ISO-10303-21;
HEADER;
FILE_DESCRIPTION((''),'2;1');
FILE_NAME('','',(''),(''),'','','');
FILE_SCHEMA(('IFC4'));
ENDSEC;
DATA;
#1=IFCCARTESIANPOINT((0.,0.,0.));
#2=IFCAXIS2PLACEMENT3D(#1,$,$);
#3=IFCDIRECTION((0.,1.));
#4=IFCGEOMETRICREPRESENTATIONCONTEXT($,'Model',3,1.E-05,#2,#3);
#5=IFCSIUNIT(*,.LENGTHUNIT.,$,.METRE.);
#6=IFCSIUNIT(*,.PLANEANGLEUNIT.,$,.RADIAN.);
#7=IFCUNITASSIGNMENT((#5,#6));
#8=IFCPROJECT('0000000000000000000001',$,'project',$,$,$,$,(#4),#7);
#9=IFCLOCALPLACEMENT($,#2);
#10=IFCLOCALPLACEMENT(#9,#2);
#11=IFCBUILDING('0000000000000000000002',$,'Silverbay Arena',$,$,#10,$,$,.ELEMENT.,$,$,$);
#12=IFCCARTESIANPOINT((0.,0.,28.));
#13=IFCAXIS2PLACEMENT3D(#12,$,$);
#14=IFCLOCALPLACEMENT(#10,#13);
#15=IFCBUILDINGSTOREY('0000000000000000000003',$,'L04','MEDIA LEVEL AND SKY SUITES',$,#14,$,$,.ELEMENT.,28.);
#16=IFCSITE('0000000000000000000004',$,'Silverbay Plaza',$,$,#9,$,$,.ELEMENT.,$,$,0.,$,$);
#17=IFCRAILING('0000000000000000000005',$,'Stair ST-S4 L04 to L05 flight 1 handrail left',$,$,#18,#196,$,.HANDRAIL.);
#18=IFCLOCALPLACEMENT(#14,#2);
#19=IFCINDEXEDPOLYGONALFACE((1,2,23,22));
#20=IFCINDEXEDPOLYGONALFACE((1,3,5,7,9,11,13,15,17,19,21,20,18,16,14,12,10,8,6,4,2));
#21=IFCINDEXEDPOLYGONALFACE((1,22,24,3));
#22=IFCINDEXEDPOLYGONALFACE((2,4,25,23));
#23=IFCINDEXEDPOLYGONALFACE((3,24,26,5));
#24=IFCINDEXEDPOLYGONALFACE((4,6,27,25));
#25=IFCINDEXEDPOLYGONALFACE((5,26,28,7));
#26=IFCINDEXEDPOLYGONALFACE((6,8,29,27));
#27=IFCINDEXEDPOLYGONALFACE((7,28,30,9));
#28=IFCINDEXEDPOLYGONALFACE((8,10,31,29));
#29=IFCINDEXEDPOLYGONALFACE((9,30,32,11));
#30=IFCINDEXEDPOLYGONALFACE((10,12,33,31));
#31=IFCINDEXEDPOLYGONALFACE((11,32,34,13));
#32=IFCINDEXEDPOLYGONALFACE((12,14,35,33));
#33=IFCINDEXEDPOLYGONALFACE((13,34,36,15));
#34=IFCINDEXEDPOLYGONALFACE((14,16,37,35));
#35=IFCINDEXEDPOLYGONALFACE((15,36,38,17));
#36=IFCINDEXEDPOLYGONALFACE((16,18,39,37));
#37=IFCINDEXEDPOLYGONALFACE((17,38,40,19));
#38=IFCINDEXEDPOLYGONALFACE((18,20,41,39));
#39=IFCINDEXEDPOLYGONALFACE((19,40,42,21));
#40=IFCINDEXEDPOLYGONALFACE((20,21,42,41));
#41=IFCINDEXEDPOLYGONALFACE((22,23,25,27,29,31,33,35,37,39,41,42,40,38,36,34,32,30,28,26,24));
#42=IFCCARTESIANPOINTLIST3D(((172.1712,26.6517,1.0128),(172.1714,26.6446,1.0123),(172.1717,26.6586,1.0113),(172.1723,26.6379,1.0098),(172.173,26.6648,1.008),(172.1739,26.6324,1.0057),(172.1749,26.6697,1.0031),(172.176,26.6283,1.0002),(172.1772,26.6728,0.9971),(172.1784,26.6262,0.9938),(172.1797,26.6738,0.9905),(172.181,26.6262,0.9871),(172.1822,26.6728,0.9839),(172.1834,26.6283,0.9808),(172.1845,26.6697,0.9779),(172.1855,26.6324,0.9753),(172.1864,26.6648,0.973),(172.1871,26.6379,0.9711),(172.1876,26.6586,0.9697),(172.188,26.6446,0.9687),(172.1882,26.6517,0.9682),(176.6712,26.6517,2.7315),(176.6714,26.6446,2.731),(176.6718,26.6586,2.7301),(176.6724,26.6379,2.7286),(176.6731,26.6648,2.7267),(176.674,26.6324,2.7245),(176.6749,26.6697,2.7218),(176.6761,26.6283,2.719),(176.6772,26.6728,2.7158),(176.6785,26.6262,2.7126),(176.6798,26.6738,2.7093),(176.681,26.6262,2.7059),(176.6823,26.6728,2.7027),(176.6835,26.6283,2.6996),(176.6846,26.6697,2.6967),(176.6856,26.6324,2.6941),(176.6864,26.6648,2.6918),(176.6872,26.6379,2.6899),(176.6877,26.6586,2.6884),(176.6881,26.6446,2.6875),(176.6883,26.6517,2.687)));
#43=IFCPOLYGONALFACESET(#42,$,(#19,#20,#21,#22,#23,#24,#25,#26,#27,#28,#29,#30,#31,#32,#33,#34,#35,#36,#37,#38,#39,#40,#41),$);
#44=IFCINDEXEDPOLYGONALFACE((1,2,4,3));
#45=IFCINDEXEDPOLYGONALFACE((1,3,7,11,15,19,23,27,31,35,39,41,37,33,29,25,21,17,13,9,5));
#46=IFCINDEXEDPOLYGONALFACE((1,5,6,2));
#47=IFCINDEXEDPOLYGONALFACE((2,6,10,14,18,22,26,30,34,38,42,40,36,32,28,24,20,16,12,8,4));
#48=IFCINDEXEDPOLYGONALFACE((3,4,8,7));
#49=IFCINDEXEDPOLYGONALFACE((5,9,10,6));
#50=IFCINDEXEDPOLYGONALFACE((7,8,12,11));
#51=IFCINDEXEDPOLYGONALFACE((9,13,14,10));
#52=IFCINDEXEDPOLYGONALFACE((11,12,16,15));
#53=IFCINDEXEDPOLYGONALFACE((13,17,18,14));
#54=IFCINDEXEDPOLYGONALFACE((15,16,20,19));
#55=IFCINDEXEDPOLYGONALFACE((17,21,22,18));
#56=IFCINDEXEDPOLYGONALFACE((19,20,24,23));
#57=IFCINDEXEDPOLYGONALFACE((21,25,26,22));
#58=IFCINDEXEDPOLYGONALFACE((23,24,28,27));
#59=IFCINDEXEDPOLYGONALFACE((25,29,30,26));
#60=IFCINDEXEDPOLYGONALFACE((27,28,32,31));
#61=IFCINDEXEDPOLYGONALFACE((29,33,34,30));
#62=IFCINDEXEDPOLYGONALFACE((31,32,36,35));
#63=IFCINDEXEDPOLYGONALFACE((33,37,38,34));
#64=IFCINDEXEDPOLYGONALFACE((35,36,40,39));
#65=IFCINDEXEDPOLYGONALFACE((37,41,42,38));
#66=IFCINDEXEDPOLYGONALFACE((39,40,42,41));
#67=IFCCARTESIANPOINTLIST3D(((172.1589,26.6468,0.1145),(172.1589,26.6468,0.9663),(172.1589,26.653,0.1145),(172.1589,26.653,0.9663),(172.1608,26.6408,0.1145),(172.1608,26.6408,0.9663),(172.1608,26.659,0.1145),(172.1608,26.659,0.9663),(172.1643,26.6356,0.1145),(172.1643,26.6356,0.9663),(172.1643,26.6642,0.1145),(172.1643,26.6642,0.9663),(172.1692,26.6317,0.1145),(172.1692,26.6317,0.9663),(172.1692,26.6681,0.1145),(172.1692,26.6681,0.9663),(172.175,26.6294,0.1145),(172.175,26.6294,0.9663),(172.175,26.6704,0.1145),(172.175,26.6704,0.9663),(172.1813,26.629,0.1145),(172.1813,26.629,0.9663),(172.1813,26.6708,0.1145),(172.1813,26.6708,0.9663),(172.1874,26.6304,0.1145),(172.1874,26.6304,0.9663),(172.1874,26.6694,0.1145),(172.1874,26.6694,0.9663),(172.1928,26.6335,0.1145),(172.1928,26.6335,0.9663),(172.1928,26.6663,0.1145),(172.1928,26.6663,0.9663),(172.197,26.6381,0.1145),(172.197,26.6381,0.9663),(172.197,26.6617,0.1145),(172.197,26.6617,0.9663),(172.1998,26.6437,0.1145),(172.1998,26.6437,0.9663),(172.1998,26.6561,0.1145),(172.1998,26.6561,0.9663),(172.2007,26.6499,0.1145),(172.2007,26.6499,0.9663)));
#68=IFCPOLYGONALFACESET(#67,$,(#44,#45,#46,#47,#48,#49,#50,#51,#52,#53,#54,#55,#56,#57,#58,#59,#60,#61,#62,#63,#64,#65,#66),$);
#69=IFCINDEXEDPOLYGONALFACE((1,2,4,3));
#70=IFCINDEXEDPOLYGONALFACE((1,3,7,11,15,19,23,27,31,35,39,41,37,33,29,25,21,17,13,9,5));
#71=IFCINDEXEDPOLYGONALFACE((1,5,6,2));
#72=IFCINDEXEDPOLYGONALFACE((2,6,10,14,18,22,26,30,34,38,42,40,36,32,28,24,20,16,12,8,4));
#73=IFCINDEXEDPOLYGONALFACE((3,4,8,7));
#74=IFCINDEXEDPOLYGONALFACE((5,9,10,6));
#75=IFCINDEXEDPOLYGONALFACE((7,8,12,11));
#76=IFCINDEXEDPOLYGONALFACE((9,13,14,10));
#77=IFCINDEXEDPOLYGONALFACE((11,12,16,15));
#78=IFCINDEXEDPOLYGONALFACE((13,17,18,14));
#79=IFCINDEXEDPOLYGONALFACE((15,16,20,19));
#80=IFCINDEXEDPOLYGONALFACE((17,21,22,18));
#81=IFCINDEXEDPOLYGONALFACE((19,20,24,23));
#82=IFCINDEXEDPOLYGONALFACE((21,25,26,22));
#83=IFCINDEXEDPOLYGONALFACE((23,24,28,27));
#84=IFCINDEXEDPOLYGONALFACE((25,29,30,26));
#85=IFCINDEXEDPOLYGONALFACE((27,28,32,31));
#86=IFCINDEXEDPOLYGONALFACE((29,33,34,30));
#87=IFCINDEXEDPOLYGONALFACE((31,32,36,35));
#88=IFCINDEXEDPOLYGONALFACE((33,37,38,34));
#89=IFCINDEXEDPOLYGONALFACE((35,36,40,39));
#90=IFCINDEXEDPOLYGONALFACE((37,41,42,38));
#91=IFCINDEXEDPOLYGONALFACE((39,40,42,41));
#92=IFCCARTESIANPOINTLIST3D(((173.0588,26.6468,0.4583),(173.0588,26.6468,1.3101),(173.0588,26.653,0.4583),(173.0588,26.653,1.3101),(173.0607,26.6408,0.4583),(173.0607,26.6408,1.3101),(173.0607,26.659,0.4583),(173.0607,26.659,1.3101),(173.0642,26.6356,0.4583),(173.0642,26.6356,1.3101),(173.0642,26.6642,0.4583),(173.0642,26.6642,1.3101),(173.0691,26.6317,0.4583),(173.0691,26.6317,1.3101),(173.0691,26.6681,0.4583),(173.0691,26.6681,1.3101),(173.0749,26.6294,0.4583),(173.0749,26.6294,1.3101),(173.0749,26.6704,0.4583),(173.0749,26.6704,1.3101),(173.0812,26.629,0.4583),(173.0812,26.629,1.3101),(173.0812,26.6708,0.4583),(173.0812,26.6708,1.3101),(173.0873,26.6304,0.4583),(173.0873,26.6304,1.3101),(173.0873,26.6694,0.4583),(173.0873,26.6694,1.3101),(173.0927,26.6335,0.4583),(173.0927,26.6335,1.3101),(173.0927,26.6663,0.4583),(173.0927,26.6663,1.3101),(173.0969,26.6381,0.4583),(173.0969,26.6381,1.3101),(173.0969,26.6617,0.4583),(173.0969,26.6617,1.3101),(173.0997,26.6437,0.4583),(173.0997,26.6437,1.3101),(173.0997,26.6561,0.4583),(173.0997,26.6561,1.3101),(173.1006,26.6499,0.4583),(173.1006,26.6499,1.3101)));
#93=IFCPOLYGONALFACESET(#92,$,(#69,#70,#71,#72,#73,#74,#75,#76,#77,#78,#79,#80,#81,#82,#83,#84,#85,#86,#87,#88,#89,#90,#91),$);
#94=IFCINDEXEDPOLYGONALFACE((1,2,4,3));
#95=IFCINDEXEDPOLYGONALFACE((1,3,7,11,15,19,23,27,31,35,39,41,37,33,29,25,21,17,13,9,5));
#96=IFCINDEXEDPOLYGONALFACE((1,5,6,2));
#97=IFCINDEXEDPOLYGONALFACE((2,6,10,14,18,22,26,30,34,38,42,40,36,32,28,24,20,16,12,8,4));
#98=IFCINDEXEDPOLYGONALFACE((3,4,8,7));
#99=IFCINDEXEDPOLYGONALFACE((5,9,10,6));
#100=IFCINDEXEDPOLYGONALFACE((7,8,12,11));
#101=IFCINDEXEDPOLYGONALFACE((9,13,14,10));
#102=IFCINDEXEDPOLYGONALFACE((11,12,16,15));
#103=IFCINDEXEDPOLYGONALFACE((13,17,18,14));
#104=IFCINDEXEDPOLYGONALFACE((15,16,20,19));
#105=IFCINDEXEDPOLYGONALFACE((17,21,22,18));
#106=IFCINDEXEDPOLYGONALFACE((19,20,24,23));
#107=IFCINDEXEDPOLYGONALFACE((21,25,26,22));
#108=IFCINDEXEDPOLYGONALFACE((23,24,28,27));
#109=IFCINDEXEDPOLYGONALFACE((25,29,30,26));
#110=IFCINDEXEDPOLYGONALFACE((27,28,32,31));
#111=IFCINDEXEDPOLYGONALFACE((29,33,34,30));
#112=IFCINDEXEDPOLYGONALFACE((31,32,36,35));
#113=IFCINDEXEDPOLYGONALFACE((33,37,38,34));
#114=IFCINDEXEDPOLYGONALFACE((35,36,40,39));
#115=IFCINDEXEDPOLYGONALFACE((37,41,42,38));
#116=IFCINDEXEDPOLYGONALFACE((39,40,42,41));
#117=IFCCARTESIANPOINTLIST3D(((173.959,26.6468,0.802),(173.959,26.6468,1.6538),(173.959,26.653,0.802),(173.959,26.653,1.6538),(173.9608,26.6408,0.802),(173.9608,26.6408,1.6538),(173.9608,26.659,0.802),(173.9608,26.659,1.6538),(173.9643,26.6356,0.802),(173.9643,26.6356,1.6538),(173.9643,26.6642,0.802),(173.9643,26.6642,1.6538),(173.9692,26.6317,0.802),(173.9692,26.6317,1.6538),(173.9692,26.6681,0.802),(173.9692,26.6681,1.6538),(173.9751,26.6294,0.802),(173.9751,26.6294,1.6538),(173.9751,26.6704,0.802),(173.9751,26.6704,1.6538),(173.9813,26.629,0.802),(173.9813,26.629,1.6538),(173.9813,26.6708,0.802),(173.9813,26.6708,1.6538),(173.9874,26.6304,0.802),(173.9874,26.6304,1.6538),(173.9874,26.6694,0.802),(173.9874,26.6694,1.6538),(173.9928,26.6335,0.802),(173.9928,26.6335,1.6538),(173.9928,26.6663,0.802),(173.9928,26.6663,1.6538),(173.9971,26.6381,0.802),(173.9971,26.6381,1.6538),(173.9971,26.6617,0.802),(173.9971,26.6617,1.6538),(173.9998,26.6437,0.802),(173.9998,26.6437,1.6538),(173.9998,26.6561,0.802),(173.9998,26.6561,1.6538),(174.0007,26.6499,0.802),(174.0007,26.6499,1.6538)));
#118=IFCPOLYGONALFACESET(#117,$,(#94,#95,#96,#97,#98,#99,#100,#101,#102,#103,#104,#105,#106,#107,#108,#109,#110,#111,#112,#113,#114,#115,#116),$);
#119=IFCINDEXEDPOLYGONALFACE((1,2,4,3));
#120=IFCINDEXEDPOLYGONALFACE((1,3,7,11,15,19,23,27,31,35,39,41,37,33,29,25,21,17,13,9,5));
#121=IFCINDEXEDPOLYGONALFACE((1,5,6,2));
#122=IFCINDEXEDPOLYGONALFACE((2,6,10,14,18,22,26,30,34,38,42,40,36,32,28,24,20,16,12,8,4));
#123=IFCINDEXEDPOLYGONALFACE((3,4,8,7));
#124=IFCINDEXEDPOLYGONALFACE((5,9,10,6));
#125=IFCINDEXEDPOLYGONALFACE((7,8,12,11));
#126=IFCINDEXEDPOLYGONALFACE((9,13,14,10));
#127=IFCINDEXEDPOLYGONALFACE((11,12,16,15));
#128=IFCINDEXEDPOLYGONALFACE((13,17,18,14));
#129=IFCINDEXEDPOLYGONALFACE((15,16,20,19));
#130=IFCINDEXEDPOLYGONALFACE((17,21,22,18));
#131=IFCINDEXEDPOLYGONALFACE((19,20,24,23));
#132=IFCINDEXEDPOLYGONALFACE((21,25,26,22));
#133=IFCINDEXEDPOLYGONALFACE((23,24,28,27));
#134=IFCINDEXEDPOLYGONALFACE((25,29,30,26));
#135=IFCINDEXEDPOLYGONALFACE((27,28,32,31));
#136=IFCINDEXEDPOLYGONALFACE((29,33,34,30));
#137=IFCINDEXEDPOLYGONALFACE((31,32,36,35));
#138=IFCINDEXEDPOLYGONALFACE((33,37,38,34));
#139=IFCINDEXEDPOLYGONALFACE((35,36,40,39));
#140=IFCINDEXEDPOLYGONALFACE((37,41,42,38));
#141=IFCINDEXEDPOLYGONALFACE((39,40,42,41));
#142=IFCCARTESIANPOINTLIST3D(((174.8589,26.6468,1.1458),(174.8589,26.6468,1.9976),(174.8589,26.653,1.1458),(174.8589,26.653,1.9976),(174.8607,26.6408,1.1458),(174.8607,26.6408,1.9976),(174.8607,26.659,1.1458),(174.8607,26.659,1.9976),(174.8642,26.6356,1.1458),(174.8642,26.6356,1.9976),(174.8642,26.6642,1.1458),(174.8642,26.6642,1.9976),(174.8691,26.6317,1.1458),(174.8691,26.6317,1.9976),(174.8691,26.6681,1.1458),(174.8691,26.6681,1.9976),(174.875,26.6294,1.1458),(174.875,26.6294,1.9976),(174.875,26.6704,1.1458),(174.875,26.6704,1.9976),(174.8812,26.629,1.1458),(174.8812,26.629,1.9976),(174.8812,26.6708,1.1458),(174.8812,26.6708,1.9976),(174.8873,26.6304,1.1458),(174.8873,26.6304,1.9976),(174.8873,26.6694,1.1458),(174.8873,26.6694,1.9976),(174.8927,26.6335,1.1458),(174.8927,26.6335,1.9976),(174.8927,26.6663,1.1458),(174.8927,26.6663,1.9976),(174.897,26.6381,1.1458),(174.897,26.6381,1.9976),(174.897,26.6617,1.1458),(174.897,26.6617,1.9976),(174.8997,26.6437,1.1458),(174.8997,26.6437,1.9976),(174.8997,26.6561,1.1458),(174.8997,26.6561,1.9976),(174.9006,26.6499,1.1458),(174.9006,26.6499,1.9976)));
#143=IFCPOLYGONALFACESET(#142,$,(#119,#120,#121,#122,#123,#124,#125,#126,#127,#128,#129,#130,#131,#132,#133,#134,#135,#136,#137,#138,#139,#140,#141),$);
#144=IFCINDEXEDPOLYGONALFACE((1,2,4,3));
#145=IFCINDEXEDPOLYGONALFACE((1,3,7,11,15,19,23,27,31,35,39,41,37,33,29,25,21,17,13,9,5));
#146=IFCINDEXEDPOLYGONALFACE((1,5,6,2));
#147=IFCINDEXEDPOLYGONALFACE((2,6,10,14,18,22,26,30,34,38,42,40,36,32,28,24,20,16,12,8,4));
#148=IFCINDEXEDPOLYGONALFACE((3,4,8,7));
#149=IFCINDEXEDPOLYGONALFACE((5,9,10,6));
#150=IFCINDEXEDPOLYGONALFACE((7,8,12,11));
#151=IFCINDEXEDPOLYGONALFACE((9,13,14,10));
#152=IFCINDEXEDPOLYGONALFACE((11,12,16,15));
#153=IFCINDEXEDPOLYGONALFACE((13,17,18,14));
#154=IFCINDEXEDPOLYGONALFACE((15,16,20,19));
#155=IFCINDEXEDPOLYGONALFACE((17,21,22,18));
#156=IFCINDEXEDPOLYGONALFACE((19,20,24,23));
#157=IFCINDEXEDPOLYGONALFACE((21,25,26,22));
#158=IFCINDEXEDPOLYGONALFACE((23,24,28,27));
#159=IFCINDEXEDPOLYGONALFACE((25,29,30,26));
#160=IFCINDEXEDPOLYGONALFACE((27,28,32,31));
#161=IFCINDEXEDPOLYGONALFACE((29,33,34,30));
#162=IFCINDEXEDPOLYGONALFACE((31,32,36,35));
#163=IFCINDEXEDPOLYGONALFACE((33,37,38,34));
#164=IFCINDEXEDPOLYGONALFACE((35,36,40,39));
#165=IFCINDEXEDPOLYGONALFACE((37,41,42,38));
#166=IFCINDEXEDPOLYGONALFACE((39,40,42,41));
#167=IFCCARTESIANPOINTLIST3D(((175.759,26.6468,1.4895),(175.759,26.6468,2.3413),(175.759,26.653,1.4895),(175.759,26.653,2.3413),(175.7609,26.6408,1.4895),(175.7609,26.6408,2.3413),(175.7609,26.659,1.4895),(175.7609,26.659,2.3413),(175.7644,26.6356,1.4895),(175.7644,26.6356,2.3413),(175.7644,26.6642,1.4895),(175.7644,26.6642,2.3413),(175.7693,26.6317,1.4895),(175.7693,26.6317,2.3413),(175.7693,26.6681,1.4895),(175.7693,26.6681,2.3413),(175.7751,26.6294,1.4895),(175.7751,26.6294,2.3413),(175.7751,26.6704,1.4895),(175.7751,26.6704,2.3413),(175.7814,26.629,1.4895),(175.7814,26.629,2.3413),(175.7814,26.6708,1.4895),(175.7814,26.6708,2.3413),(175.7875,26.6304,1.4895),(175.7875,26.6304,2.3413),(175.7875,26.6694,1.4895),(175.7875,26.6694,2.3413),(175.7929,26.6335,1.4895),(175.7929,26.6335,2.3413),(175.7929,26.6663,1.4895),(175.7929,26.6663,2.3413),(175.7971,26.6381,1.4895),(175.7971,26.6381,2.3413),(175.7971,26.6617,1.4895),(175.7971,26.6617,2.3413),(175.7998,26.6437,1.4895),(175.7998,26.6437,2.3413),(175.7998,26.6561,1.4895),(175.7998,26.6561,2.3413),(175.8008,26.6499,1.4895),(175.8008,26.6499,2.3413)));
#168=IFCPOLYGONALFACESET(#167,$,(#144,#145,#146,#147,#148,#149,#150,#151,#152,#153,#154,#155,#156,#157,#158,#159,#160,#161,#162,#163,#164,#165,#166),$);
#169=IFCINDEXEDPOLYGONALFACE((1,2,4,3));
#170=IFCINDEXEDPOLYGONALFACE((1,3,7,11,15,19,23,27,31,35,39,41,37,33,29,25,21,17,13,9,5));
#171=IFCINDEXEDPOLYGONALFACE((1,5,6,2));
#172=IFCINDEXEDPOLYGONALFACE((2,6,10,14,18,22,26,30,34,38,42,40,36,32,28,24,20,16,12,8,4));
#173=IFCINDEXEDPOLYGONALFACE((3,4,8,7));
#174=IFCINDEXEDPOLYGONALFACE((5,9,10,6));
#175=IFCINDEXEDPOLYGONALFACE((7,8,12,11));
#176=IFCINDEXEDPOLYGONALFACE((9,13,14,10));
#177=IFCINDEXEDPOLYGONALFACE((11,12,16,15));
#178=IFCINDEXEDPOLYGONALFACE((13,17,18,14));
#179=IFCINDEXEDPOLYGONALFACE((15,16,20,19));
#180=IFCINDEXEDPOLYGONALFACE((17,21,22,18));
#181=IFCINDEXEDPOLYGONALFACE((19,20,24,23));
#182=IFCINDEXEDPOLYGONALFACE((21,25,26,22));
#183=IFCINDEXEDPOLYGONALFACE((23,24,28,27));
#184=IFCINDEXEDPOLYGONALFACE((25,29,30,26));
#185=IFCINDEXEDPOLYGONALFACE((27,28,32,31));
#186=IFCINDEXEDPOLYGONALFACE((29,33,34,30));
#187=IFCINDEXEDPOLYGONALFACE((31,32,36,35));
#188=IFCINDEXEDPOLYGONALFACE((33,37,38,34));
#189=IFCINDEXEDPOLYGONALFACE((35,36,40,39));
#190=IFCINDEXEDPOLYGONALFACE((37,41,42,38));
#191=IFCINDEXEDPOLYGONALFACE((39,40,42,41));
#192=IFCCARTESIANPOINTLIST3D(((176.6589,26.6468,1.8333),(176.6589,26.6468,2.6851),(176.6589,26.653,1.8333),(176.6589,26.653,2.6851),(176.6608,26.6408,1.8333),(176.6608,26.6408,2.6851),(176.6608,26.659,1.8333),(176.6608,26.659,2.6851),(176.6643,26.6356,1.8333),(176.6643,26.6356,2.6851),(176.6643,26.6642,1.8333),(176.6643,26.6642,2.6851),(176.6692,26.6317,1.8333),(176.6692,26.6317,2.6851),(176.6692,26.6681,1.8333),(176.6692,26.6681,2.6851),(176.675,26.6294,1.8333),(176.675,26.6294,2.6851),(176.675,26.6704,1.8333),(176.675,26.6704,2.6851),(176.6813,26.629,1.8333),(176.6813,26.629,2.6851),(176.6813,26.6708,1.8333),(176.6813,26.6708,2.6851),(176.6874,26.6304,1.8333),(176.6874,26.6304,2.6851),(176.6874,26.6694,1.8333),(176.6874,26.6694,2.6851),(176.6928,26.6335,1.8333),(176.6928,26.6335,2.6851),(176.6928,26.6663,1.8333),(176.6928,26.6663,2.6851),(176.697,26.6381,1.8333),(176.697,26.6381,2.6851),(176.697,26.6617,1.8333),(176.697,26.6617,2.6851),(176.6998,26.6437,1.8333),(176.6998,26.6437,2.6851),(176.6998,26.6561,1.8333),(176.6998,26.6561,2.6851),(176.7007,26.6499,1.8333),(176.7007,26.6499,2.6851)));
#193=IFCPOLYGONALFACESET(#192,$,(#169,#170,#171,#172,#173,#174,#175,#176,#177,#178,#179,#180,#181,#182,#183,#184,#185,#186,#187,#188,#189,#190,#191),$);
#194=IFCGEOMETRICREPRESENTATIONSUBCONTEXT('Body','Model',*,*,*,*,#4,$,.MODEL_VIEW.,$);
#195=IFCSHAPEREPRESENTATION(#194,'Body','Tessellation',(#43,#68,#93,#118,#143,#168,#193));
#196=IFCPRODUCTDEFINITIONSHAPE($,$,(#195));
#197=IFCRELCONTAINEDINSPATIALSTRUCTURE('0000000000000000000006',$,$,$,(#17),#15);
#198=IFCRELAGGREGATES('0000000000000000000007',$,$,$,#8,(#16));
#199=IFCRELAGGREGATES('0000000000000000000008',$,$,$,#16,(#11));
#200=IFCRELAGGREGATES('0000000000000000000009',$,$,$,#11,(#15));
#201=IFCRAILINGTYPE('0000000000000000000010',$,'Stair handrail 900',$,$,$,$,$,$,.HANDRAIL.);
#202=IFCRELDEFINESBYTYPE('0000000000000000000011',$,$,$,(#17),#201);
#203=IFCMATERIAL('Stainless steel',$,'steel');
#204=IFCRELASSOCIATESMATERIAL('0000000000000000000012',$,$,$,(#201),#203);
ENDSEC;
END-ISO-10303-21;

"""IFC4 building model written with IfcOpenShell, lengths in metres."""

from ifc_helpers import new_model, si_unit, direction, frame, origin, origin_2d, place, context, subcontext, project, spatial, circle, extrude, material, type_object, element, save


model = new_model("IFC4")

# Units and contexts
model_context = context("Model", 3, precision=1e-05, world=origin(), true_north=direction((0.0, 1.0)))
body_context = subcontext(model_context, "Body", "Model", "MODEL_VIEW")
ifc_project = project(units=[si_unit("LENGTHUNIT", "METRE"), si_unit("PLANEANGLEUNIT", "RADIAN")], contexts=[model_context])

# Site, building, storey
site_placement = place(None, origin())
site = spatial("IfcSite", under=ifc_project, at=site_placement, Name="Silverbay Plaza", CompositionType="ELEMENT", RefElevation=0.0)
building_placement = place(site_placement, origin())
building = spatial("IfcBuilding", under=site, at=building_placement, Name="Silverbay Arena", CompositionType="ELEMENT")
storey_placement = place(building_placement, frame((0.0, 0.0, 28.0)))
storey = spatial("IfcBuildingStorey", under=building, at=storey_placement, Name="L04", Description="MEDIA LEVEL AND SKY SUITES", CompositionType="ELEMENT", Elevation=28.0)

# Railing
ifc_material_1 = material(Name="Stainless steel", Category="steel")
railing_type_1 = type_object("IfcRailingType", Name="Stair handrail 900", PredefinedType="HANDRAIL", material=ifc_material_1)
railing_1_placement = place(storey_placement, frame((172.1797, 26.6499, 0.1145)))
element("IfcRailing", 1, at=railing_1_placement, inside=storey, type_object=railing_type_1, Name="Stair ST-S4 L04 to L05 flight 1 handrail left", PredefinedType="HANDRAIL", context=body_context, shape_type="SweptSolid", body=[
    extrude(circle(Radius=0.0239, at=origin_2d()), frame((0.0, 0.0, 0.876), z_axis=(0.934179, 0.0, 0.356805), x_axis=(0.0, 1.0, 0.0)), (0.0, 0.0, 1.0), 4.8171),
    extrude(circle(Radius=0.021, at=origin_2d()), origin(), (0.0, 0.0, 1.0), 0.8518),
    extrude(circle(Radius=0.021, at=origin_2d()), frame((0.8999, 0.0, 0.3438)), (0.0, 0.0, 1.0), 0.8518),
    extrude(circle(Radius=0.021, at=origin_2d()), frame((1.8, 0.0, 0.6875)), (0.0, 0.0, 1.0), 0.8518),
    extrude(circle(Radius=0.021, at=origin_2d()), frame((2.7, 0.0, 1.0312)), (0.0, 0.0, 1.0), 0.8518),
    extrude(circle(Radius=0.021, at=origin_2d()), frame((3.6001, 0.0, 1.375)), (0.0, 0.0, 1.0), 0.8518),
    extrude(circle(Radius=0.021, at=origin_2d()), frame((4.5, 0.0, 1.7188)), (0.0, 0.0, 1.0), 0.8518),
])

save(model, "model.ifc")
